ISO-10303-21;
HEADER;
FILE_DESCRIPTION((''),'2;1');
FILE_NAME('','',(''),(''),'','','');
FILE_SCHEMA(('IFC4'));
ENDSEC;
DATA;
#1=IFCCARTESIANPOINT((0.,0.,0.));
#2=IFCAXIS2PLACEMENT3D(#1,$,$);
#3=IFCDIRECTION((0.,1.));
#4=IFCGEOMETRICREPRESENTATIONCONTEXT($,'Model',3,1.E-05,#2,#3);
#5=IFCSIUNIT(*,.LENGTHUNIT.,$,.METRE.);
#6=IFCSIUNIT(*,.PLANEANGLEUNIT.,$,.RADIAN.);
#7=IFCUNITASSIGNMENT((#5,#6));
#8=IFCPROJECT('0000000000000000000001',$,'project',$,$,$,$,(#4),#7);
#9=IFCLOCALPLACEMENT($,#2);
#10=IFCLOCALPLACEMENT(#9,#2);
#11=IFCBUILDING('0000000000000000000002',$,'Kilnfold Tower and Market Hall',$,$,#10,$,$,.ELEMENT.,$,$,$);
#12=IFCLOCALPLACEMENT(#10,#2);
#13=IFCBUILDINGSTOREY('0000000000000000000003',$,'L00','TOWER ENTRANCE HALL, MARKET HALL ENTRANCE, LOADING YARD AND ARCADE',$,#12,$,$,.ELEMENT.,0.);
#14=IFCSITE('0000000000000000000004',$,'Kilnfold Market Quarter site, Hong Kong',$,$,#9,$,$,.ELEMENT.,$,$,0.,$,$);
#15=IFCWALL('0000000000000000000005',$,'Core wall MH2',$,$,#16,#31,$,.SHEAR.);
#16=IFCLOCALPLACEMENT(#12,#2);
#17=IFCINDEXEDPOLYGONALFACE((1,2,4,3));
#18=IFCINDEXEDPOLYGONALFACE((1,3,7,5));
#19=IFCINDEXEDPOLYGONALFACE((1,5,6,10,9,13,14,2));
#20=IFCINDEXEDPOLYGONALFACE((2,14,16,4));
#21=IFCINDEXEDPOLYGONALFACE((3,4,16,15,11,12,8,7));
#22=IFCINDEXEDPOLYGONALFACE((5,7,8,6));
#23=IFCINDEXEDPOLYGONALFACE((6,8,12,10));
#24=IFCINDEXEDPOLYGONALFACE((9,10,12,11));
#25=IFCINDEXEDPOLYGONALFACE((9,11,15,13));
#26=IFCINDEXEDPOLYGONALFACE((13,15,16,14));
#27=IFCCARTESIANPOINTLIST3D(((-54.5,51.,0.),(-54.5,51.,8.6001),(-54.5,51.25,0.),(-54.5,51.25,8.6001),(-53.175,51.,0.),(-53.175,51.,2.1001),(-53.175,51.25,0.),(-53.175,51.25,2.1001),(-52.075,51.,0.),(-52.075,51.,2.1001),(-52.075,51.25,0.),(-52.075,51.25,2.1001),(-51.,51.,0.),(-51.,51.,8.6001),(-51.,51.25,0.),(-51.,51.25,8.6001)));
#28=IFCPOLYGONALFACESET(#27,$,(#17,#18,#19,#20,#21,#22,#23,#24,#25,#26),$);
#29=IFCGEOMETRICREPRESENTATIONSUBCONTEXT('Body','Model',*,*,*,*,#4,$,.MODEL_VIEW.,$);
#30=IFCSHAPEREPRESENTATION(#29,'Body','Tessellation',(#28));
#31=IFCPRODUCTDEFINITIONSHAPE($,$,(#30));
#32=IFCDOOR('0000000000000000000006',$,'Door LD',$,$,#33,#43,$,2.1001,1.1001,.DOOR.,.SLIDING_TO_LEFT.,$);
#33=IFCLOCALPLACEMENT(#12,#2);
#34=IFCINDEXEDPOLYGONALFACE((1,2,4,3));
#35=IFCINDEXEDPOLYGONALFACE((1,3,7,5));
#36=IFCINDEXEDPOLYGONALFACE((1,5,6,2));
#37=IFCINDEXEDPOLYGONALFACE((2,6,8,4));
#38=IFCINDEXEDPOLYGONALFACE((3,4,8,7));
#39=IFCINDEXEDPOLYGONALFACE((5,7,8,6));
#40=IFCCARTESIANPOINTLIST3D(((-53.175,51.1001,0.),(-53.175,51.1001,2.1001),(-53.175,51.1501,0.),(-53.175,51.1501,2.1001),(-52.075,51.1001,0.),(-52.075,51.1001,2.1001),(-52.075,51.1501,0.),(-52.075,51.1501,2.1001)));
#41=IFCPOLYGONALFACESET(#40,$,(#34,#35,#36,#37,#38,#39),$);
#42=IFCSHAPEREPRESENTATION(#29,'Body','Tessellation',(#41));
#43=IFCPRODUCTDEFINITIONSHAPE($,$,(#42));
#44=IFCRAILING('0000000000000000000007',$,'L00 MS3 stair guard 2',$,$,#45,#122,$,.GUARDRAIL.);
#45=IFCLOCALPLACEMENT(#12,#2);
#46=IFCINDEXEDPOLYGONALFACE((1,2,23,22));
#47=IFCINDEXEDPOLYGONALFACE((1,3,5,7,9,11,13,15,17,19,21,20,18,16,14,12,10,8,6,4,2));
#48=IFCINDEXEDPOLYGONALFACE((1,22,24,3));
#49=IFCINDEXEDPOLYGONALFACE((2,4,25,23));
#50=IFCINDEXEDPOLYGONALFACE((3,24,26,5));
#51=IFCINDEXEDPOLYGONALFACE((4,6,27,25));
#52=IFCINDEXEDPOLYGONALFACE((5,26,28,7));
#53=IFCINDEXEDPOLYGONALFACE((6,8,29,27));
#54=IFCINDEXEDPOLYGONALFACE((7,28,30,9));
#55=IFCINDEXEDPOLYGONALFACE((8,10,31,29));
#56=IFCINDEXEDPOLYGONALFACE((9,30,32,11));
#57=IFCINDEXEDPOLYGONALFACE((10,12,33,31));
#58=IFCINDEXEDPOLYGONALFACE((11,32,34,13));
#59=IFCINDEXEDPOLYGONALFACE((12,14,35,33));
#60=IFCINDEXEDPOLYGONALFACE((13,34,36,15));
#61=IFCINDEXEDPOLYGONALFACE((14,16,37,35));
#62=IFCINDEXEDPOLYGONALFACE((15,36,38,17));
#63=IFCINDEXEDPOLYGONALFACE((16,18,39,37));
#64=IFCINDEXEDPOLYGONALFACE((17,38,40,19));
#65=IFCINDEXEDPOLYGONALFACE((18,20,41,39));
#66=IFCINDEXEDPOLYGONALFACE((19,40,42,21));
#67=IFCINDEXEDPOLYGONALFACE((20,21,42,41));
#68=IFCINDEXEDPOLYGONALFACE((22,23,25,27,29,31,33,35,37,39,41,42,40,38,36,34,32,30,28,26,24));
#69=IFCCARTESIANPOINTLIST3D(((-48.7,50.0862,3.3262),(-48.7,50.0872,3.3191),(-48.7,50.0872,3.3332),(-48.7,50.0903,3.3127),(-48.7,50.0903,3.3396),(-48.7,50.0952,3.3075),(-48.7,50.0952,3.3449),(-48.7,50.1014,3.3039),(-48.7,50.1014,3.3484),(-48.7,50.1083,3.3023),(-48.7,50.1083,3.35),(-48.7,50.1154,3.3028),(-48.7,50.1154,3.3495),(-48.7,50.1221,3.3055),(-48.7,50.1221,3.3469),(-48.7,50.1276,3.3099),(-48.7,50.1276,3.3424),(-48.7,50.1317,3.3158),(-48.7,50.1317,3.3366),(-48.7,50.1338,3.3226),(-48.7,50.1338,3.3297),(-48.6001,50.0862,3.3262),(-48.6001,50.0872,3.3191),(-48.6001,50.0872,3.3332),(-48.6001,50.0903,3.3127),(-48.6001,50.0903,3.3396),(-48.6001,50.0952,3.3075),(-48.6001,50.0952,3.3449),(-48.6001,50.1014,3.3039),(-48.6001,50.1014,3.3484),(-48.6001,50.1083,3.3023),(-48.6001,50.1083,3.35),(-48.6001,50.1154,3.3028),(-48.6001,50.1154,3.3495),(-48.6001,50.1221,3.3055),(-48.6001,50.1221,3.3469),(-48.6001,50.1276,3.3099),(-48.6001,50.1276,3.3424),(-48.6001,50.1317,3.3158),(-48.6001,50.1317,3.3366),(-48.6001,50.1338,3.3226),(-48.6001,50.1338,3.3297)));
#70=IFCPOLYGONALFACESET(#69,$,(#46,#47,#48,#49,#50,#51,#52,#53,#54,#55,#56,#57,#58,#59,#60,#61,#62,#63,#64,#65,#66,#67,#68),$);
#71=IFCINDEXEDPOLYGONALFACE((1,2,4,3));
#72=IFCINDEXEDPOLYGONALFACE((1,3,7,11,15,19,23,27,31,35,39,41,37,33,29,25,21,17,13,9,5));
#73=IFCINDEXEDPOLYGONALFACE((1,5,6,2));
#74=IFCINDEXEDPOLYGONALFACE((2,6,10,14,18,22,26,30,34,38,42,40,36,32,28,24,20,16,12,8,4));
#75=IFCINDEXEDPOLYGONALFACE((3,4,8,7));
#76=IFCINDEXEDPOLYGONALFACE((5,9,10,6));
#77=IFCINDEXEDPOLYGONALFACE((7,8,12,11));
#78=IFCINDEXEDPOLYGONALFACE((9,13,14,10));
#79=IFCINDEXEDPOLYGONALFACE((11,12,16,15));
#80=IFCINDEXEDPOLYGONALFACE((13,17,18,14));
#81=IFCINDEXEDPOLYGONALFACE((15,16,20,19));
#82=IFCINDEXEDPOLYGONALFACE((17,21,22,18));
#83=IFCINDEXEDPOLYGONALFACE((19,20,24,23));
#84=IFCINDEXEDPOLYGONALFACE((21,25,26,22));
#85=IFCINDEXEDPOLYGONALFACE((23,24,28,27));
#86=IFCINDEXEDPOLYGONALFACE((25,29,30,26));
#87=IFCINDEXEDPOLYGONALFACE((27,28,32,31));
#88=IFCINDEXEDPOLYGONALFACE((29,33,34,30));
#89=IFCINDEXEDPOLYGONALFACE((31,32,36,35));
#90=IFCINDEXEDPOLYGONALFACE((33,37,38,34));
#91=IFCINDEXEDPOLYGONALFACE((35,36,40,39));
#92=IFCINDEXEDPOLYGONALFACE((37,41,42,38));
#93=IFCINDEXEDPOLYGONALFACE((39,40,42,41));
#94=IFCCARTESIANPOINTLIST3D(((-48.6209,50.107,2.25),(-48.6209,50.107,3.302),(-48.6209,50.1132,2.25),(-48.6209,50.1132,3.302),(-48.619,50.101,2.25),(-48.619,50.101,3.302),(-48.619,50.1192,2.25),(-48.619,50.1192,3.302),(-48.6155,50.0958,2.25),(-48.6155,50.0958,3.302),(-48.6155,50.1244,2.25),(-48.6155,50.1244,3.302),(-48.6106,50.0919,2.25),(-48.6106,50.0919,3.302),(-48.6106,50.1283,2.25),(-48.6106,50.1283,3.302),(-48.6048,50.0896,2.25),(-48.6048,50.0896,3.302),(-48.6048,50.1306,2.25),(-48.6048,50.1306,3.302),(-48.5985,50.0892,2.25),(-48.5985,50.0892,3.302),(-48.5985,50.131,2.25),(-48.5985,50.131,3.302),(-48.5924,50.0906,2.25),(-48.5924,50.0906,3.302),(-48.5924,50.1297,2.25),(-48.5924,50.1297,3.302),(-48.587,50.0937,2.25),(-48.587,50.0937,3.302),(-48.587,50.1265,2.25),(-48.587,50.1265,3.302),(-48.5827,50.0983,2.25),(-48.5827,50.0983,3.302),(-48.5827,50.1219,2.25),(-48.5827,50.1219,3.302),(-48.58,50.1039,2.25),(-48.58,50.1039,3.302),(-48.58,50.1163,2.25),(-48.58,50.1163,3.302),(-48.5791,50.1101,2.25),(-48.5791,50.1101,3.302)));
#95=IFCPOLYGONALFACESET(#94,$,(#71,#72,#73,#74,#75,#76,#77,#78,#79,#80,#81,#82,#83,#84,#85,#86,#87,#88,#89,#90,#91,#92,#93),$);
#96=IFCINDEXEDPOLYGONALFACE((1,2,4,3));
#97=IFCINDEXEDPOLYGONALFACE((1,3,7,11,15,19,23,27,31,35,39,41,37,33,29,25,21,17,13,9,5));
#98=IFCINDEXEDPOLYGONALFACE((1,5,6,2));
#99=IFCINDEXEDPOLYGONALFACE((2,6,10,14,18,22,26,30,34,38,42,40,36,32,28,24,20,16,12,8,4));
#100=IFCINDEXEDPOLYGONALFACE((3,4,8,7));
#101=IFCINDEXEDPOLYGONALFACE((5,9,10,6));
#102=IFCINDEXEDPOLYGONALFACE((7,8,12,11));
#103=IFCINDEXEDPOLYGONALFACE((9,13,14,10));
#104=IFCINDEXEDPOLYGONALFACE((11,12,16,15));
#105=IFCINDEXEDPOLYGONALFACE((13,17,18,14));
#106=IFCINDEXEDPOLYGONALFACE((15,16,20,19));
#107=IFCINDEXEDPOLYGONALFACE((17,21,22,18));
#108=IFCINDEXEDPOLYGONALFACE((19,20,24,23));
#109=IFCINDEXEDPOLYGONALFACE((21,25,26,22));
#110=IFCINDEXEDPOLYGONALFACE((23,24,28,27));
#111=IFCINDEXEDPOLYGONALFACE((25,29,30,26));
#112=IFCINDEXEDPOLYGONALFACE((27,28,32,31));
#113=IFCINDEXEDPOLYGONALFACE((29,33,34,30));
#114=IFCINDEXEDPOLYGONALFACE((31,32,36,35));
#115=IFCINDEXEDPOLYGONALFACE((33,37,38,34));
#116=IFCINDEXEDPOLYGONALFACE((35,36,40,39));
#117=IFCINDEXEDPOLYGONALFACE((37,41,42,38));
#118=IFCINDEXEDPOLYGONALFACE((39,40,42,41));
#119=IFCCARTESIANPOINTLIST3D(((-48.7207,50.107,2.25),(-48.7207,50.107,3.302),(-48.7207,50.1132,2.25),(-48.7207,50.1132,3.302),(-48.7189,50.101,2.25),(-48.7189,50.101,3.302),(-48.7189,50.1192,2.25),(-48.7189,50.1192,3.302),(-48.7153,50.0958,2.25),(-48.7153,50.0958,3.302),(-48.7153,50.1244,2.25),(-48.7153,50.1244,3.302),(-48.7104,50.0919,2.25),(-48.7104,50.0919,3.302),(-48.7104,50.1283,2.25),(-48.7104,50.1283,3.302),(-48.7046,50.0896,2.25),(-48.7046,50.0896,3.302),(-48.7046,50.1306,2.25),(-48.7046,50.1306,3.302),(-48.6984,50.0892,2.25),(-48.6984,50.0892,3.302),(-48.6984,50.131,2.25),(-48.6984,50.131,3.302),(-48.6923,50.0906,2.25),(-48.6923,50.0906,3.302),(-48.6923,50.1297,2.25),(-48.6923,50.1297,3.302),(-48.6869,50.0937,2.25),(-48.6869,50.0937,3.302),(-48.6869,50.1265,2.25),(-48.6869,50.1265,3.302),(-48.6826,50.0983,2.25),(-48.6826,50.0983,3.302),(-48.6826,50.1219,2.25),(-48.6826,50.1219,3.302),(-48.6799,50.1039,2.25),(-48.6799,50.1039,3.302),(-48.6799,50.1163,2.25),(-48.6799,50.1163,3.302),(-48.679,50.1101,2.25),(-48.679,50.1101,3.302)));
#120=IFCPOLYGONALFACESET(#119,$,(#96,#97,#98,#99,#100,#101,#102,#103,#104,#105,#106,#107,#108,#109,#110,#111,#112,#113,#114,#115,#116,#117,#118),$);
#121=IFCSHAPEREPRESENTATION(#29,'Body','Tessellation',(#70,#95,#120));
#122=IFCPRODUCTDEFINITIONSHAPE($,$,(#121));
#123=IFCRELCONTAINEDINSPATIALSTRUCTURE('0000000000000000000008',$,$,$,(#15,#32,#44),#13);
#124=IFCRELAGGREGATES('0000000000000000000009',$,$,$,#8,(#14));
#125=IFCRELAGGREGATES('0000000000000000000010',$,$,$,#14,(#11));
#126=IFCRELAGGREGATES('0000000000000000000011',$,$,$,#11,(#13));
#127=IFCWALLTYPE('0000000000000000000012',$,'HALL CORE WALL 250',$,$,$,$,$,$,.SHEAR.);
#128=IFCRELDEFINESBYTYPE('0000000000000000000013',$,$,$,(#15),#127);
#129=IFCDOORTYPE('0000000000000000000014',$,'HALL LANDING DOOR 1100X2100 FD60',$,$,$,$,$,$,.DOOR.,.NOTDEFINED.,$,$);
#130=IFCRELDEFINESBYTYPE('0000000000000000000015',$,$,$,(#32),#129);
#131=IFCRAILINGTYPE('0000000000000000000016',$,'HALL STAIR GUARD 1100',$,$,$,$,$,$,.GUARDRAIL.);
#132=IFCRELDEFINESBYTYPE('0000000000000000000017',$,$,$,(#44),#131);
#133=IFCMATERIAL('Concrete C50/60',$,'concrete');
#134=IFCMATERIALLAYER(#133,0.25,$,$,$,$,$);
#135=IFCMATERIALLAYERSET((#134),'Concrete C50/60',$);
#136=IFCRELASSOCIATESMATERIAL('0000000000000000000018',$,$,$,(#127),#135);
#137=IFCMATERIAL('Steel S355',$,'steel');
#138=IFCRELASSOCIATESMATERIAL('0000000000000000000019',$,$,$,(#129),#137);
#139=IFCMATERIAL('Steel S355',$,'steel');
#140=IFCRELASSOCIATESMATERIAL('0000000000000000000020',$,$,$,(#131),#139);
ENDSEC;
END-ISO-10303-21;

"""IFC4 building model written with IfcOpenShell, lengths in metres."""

from ifc_helpers import new_model, si_unit, direction, frame, frame_2d, origin, origin_2d, place, context, subcontext, project, spatial, rectangle, circle, extrude, source, transform, mapped, material, layer, layer_set, type_object, element, fill, save


model = new_model("IFC4")

# Units and contexts
model_context = context("Model", 3, precision=1e-05, world=origin(), true_north=direction((0.0, 1.0)))
body_context = subcontext(model_context, "Body", "Model", "MODEL_VIEW")
ifc_project = project(units=[si_unit("LENGTHUNIT", "METRE"), si_unit("PLANEANGLEUNIT", "RADIAN")], contexts=[model_context])

# Site, building, storey
site_placement = place(None, origin())
site = spatial("IfcSite", under=ifc_project, at=site_placement, Name="Kilnfold Market Quarter site, Hong Kong", CompositionType="ELEMENT", RefElevation=0.0)
building_placement = place(site_placement, origin())
building = spatial("IfcBuilding", under=site, at=building_placement, Name="Kilnfold Tower and Market Hall", CompositionType="ELEMENT")
storey_placement = place(building_placement, origin())
storey = spatial("IfcBuildingStorey", under=building, at=storey_placement, Name="L00", Description="TOWER ENTRANCE HALL, MARKET HALL ENTRANCE, LOADING YARD AND ARCADE", CompositionType="ELEMENT", Elevation=0.0)

# Shared definitions
ifc_material_1 = material(Name="Concrete C50/60", Category="concrete")
ifc_layer_1 = layer(ifc_material_1, 0.25)
ifc_layer_set_1 = layer_set([ifc_layer_1], Name="Concrete C50/60")
wall_type_1 = type_object("IfcWallType", Name="HALL CORE WALL 250", PredefinedType="SHEAR", material=ifc_layer_set_1)

# Wall, opening, door
ifc_material_2 = material(Name="Steel S355", Category="steel")
door_type_1 = type_object("IfcDoorType", Name="HALL LANDING DOOR 1100X2100 FD60", OperationType="NOTDEFINED", PredefinedType="DOOR", material=ifc_material_2)
shared_shape_1 = source(origin(), body_context, "Body", "SweptSolid", [
    extrude(rectangle(XDim=3.5, YDim=0.25, at=frame_2d((1.75, 0.0))), origin(), (0.0, 0.0, 1.0), 8.6001),
])
wall_1_placement = place(storey_placement, frame((-51.0, 51.125, 0.0), z_axis=(0.0, 0.0, 1.0), x_axis=(-1.0, 0.0, 0.0)))
wall_1 = element("IfcWall", 1, at=wall_1_placement, inside=storey, type_object=wall_type_1, Name="Core wall MH2", PredefinedType="SHEAR", context=body_context, shape_type="MappedRepresentation", body=[
    mapped(shared_shape_1, transform((0.0, 0.0, 0.0))),
])
opening_1_placement = place(wall_1_placement, frame((1.075, 0.0, 0.0)))
opening_1 = element("IfcOpeningElement", 2, at=opening_1_placement, cuts=wall_1, PredefinedType="OPENING", context=body_context, shape_type="SweptSolid", body=[
    extrude(rectangle(XDim=1.1001, YDim=2.1001, at=frame_2d((0.55, 1.05))), frame((0.0, 0.135, 0.0), z_axis=(0.0, -1.0, 0.0), x_axis=(1.0, 0.0, 0.0)), (0.0, 0.0, 1.0), 0.27),
])
door_1_placement = place(opening_1_placement, origin())
door_1 = element("IfcDoor", 3, at=door_1_placement, inside=storey, type_object=door_type_1, Name="Door LD", OperationType="SLIDING_TO_LEFT", OverallHeight=2.1001, OverallWidth=1.1001, PredefinedType="DOOR", context=body_context, shape_type="SweptSolid", body=[
    extrude(rectangle(XDim=1.1001, YDim=2.1001, at=frame_2d((0.55, 1.05))), frame((0.0, 0.0249, 0.0), z_axis=(0.0, -1.0, 0.0), x_axis=(1.0, 0.0, 0.0)), (0.0, 0.0, 1.0), 0.05),
])
fill(opening_1, door_1)

# Railing
ifc_material_3 = material(Name="Steel S355", Category="steel")
railing_type_1 = type_object("IfcRailingType", Name="HALL STAIR GUARD 1100", PredefinedType="GUARDRAIL", material=ifc_material_3)
railing_1_placement = place(storey_placement, frame((-48.6001, 50.1101, 2.25)))
element("IfcRailing", 4, at=railing_1_placement, inside=storey, type_object=railing_type_1, Name="L00 MS3 stair guard 2", PredefinedType="GUARDRAIL", context=body_context, shape_type="SweptSolid", body=[
    extrude(circle(Radius=0.0239, at=origin_2d()), frame((0.0, 0.0, 1.0762), z_axis=(-1.0, 0.0, 0.0), x_axis=(0.0, -1.0, 0.0)), (0.0, 0.0, 1.0), 0.0999),
    extrude(circle(Radius=0.021, at=origin_2d()), origin(), (0.0, 0.0, 1.0), 1.052),
    extrude(circle(Radius=0.021, at=origin_2d()), frame((-0.0999, 0.0, 0.0)), (0.0, 0.0, 1.0), 1.052),
])

save(model, "model.ifc")
